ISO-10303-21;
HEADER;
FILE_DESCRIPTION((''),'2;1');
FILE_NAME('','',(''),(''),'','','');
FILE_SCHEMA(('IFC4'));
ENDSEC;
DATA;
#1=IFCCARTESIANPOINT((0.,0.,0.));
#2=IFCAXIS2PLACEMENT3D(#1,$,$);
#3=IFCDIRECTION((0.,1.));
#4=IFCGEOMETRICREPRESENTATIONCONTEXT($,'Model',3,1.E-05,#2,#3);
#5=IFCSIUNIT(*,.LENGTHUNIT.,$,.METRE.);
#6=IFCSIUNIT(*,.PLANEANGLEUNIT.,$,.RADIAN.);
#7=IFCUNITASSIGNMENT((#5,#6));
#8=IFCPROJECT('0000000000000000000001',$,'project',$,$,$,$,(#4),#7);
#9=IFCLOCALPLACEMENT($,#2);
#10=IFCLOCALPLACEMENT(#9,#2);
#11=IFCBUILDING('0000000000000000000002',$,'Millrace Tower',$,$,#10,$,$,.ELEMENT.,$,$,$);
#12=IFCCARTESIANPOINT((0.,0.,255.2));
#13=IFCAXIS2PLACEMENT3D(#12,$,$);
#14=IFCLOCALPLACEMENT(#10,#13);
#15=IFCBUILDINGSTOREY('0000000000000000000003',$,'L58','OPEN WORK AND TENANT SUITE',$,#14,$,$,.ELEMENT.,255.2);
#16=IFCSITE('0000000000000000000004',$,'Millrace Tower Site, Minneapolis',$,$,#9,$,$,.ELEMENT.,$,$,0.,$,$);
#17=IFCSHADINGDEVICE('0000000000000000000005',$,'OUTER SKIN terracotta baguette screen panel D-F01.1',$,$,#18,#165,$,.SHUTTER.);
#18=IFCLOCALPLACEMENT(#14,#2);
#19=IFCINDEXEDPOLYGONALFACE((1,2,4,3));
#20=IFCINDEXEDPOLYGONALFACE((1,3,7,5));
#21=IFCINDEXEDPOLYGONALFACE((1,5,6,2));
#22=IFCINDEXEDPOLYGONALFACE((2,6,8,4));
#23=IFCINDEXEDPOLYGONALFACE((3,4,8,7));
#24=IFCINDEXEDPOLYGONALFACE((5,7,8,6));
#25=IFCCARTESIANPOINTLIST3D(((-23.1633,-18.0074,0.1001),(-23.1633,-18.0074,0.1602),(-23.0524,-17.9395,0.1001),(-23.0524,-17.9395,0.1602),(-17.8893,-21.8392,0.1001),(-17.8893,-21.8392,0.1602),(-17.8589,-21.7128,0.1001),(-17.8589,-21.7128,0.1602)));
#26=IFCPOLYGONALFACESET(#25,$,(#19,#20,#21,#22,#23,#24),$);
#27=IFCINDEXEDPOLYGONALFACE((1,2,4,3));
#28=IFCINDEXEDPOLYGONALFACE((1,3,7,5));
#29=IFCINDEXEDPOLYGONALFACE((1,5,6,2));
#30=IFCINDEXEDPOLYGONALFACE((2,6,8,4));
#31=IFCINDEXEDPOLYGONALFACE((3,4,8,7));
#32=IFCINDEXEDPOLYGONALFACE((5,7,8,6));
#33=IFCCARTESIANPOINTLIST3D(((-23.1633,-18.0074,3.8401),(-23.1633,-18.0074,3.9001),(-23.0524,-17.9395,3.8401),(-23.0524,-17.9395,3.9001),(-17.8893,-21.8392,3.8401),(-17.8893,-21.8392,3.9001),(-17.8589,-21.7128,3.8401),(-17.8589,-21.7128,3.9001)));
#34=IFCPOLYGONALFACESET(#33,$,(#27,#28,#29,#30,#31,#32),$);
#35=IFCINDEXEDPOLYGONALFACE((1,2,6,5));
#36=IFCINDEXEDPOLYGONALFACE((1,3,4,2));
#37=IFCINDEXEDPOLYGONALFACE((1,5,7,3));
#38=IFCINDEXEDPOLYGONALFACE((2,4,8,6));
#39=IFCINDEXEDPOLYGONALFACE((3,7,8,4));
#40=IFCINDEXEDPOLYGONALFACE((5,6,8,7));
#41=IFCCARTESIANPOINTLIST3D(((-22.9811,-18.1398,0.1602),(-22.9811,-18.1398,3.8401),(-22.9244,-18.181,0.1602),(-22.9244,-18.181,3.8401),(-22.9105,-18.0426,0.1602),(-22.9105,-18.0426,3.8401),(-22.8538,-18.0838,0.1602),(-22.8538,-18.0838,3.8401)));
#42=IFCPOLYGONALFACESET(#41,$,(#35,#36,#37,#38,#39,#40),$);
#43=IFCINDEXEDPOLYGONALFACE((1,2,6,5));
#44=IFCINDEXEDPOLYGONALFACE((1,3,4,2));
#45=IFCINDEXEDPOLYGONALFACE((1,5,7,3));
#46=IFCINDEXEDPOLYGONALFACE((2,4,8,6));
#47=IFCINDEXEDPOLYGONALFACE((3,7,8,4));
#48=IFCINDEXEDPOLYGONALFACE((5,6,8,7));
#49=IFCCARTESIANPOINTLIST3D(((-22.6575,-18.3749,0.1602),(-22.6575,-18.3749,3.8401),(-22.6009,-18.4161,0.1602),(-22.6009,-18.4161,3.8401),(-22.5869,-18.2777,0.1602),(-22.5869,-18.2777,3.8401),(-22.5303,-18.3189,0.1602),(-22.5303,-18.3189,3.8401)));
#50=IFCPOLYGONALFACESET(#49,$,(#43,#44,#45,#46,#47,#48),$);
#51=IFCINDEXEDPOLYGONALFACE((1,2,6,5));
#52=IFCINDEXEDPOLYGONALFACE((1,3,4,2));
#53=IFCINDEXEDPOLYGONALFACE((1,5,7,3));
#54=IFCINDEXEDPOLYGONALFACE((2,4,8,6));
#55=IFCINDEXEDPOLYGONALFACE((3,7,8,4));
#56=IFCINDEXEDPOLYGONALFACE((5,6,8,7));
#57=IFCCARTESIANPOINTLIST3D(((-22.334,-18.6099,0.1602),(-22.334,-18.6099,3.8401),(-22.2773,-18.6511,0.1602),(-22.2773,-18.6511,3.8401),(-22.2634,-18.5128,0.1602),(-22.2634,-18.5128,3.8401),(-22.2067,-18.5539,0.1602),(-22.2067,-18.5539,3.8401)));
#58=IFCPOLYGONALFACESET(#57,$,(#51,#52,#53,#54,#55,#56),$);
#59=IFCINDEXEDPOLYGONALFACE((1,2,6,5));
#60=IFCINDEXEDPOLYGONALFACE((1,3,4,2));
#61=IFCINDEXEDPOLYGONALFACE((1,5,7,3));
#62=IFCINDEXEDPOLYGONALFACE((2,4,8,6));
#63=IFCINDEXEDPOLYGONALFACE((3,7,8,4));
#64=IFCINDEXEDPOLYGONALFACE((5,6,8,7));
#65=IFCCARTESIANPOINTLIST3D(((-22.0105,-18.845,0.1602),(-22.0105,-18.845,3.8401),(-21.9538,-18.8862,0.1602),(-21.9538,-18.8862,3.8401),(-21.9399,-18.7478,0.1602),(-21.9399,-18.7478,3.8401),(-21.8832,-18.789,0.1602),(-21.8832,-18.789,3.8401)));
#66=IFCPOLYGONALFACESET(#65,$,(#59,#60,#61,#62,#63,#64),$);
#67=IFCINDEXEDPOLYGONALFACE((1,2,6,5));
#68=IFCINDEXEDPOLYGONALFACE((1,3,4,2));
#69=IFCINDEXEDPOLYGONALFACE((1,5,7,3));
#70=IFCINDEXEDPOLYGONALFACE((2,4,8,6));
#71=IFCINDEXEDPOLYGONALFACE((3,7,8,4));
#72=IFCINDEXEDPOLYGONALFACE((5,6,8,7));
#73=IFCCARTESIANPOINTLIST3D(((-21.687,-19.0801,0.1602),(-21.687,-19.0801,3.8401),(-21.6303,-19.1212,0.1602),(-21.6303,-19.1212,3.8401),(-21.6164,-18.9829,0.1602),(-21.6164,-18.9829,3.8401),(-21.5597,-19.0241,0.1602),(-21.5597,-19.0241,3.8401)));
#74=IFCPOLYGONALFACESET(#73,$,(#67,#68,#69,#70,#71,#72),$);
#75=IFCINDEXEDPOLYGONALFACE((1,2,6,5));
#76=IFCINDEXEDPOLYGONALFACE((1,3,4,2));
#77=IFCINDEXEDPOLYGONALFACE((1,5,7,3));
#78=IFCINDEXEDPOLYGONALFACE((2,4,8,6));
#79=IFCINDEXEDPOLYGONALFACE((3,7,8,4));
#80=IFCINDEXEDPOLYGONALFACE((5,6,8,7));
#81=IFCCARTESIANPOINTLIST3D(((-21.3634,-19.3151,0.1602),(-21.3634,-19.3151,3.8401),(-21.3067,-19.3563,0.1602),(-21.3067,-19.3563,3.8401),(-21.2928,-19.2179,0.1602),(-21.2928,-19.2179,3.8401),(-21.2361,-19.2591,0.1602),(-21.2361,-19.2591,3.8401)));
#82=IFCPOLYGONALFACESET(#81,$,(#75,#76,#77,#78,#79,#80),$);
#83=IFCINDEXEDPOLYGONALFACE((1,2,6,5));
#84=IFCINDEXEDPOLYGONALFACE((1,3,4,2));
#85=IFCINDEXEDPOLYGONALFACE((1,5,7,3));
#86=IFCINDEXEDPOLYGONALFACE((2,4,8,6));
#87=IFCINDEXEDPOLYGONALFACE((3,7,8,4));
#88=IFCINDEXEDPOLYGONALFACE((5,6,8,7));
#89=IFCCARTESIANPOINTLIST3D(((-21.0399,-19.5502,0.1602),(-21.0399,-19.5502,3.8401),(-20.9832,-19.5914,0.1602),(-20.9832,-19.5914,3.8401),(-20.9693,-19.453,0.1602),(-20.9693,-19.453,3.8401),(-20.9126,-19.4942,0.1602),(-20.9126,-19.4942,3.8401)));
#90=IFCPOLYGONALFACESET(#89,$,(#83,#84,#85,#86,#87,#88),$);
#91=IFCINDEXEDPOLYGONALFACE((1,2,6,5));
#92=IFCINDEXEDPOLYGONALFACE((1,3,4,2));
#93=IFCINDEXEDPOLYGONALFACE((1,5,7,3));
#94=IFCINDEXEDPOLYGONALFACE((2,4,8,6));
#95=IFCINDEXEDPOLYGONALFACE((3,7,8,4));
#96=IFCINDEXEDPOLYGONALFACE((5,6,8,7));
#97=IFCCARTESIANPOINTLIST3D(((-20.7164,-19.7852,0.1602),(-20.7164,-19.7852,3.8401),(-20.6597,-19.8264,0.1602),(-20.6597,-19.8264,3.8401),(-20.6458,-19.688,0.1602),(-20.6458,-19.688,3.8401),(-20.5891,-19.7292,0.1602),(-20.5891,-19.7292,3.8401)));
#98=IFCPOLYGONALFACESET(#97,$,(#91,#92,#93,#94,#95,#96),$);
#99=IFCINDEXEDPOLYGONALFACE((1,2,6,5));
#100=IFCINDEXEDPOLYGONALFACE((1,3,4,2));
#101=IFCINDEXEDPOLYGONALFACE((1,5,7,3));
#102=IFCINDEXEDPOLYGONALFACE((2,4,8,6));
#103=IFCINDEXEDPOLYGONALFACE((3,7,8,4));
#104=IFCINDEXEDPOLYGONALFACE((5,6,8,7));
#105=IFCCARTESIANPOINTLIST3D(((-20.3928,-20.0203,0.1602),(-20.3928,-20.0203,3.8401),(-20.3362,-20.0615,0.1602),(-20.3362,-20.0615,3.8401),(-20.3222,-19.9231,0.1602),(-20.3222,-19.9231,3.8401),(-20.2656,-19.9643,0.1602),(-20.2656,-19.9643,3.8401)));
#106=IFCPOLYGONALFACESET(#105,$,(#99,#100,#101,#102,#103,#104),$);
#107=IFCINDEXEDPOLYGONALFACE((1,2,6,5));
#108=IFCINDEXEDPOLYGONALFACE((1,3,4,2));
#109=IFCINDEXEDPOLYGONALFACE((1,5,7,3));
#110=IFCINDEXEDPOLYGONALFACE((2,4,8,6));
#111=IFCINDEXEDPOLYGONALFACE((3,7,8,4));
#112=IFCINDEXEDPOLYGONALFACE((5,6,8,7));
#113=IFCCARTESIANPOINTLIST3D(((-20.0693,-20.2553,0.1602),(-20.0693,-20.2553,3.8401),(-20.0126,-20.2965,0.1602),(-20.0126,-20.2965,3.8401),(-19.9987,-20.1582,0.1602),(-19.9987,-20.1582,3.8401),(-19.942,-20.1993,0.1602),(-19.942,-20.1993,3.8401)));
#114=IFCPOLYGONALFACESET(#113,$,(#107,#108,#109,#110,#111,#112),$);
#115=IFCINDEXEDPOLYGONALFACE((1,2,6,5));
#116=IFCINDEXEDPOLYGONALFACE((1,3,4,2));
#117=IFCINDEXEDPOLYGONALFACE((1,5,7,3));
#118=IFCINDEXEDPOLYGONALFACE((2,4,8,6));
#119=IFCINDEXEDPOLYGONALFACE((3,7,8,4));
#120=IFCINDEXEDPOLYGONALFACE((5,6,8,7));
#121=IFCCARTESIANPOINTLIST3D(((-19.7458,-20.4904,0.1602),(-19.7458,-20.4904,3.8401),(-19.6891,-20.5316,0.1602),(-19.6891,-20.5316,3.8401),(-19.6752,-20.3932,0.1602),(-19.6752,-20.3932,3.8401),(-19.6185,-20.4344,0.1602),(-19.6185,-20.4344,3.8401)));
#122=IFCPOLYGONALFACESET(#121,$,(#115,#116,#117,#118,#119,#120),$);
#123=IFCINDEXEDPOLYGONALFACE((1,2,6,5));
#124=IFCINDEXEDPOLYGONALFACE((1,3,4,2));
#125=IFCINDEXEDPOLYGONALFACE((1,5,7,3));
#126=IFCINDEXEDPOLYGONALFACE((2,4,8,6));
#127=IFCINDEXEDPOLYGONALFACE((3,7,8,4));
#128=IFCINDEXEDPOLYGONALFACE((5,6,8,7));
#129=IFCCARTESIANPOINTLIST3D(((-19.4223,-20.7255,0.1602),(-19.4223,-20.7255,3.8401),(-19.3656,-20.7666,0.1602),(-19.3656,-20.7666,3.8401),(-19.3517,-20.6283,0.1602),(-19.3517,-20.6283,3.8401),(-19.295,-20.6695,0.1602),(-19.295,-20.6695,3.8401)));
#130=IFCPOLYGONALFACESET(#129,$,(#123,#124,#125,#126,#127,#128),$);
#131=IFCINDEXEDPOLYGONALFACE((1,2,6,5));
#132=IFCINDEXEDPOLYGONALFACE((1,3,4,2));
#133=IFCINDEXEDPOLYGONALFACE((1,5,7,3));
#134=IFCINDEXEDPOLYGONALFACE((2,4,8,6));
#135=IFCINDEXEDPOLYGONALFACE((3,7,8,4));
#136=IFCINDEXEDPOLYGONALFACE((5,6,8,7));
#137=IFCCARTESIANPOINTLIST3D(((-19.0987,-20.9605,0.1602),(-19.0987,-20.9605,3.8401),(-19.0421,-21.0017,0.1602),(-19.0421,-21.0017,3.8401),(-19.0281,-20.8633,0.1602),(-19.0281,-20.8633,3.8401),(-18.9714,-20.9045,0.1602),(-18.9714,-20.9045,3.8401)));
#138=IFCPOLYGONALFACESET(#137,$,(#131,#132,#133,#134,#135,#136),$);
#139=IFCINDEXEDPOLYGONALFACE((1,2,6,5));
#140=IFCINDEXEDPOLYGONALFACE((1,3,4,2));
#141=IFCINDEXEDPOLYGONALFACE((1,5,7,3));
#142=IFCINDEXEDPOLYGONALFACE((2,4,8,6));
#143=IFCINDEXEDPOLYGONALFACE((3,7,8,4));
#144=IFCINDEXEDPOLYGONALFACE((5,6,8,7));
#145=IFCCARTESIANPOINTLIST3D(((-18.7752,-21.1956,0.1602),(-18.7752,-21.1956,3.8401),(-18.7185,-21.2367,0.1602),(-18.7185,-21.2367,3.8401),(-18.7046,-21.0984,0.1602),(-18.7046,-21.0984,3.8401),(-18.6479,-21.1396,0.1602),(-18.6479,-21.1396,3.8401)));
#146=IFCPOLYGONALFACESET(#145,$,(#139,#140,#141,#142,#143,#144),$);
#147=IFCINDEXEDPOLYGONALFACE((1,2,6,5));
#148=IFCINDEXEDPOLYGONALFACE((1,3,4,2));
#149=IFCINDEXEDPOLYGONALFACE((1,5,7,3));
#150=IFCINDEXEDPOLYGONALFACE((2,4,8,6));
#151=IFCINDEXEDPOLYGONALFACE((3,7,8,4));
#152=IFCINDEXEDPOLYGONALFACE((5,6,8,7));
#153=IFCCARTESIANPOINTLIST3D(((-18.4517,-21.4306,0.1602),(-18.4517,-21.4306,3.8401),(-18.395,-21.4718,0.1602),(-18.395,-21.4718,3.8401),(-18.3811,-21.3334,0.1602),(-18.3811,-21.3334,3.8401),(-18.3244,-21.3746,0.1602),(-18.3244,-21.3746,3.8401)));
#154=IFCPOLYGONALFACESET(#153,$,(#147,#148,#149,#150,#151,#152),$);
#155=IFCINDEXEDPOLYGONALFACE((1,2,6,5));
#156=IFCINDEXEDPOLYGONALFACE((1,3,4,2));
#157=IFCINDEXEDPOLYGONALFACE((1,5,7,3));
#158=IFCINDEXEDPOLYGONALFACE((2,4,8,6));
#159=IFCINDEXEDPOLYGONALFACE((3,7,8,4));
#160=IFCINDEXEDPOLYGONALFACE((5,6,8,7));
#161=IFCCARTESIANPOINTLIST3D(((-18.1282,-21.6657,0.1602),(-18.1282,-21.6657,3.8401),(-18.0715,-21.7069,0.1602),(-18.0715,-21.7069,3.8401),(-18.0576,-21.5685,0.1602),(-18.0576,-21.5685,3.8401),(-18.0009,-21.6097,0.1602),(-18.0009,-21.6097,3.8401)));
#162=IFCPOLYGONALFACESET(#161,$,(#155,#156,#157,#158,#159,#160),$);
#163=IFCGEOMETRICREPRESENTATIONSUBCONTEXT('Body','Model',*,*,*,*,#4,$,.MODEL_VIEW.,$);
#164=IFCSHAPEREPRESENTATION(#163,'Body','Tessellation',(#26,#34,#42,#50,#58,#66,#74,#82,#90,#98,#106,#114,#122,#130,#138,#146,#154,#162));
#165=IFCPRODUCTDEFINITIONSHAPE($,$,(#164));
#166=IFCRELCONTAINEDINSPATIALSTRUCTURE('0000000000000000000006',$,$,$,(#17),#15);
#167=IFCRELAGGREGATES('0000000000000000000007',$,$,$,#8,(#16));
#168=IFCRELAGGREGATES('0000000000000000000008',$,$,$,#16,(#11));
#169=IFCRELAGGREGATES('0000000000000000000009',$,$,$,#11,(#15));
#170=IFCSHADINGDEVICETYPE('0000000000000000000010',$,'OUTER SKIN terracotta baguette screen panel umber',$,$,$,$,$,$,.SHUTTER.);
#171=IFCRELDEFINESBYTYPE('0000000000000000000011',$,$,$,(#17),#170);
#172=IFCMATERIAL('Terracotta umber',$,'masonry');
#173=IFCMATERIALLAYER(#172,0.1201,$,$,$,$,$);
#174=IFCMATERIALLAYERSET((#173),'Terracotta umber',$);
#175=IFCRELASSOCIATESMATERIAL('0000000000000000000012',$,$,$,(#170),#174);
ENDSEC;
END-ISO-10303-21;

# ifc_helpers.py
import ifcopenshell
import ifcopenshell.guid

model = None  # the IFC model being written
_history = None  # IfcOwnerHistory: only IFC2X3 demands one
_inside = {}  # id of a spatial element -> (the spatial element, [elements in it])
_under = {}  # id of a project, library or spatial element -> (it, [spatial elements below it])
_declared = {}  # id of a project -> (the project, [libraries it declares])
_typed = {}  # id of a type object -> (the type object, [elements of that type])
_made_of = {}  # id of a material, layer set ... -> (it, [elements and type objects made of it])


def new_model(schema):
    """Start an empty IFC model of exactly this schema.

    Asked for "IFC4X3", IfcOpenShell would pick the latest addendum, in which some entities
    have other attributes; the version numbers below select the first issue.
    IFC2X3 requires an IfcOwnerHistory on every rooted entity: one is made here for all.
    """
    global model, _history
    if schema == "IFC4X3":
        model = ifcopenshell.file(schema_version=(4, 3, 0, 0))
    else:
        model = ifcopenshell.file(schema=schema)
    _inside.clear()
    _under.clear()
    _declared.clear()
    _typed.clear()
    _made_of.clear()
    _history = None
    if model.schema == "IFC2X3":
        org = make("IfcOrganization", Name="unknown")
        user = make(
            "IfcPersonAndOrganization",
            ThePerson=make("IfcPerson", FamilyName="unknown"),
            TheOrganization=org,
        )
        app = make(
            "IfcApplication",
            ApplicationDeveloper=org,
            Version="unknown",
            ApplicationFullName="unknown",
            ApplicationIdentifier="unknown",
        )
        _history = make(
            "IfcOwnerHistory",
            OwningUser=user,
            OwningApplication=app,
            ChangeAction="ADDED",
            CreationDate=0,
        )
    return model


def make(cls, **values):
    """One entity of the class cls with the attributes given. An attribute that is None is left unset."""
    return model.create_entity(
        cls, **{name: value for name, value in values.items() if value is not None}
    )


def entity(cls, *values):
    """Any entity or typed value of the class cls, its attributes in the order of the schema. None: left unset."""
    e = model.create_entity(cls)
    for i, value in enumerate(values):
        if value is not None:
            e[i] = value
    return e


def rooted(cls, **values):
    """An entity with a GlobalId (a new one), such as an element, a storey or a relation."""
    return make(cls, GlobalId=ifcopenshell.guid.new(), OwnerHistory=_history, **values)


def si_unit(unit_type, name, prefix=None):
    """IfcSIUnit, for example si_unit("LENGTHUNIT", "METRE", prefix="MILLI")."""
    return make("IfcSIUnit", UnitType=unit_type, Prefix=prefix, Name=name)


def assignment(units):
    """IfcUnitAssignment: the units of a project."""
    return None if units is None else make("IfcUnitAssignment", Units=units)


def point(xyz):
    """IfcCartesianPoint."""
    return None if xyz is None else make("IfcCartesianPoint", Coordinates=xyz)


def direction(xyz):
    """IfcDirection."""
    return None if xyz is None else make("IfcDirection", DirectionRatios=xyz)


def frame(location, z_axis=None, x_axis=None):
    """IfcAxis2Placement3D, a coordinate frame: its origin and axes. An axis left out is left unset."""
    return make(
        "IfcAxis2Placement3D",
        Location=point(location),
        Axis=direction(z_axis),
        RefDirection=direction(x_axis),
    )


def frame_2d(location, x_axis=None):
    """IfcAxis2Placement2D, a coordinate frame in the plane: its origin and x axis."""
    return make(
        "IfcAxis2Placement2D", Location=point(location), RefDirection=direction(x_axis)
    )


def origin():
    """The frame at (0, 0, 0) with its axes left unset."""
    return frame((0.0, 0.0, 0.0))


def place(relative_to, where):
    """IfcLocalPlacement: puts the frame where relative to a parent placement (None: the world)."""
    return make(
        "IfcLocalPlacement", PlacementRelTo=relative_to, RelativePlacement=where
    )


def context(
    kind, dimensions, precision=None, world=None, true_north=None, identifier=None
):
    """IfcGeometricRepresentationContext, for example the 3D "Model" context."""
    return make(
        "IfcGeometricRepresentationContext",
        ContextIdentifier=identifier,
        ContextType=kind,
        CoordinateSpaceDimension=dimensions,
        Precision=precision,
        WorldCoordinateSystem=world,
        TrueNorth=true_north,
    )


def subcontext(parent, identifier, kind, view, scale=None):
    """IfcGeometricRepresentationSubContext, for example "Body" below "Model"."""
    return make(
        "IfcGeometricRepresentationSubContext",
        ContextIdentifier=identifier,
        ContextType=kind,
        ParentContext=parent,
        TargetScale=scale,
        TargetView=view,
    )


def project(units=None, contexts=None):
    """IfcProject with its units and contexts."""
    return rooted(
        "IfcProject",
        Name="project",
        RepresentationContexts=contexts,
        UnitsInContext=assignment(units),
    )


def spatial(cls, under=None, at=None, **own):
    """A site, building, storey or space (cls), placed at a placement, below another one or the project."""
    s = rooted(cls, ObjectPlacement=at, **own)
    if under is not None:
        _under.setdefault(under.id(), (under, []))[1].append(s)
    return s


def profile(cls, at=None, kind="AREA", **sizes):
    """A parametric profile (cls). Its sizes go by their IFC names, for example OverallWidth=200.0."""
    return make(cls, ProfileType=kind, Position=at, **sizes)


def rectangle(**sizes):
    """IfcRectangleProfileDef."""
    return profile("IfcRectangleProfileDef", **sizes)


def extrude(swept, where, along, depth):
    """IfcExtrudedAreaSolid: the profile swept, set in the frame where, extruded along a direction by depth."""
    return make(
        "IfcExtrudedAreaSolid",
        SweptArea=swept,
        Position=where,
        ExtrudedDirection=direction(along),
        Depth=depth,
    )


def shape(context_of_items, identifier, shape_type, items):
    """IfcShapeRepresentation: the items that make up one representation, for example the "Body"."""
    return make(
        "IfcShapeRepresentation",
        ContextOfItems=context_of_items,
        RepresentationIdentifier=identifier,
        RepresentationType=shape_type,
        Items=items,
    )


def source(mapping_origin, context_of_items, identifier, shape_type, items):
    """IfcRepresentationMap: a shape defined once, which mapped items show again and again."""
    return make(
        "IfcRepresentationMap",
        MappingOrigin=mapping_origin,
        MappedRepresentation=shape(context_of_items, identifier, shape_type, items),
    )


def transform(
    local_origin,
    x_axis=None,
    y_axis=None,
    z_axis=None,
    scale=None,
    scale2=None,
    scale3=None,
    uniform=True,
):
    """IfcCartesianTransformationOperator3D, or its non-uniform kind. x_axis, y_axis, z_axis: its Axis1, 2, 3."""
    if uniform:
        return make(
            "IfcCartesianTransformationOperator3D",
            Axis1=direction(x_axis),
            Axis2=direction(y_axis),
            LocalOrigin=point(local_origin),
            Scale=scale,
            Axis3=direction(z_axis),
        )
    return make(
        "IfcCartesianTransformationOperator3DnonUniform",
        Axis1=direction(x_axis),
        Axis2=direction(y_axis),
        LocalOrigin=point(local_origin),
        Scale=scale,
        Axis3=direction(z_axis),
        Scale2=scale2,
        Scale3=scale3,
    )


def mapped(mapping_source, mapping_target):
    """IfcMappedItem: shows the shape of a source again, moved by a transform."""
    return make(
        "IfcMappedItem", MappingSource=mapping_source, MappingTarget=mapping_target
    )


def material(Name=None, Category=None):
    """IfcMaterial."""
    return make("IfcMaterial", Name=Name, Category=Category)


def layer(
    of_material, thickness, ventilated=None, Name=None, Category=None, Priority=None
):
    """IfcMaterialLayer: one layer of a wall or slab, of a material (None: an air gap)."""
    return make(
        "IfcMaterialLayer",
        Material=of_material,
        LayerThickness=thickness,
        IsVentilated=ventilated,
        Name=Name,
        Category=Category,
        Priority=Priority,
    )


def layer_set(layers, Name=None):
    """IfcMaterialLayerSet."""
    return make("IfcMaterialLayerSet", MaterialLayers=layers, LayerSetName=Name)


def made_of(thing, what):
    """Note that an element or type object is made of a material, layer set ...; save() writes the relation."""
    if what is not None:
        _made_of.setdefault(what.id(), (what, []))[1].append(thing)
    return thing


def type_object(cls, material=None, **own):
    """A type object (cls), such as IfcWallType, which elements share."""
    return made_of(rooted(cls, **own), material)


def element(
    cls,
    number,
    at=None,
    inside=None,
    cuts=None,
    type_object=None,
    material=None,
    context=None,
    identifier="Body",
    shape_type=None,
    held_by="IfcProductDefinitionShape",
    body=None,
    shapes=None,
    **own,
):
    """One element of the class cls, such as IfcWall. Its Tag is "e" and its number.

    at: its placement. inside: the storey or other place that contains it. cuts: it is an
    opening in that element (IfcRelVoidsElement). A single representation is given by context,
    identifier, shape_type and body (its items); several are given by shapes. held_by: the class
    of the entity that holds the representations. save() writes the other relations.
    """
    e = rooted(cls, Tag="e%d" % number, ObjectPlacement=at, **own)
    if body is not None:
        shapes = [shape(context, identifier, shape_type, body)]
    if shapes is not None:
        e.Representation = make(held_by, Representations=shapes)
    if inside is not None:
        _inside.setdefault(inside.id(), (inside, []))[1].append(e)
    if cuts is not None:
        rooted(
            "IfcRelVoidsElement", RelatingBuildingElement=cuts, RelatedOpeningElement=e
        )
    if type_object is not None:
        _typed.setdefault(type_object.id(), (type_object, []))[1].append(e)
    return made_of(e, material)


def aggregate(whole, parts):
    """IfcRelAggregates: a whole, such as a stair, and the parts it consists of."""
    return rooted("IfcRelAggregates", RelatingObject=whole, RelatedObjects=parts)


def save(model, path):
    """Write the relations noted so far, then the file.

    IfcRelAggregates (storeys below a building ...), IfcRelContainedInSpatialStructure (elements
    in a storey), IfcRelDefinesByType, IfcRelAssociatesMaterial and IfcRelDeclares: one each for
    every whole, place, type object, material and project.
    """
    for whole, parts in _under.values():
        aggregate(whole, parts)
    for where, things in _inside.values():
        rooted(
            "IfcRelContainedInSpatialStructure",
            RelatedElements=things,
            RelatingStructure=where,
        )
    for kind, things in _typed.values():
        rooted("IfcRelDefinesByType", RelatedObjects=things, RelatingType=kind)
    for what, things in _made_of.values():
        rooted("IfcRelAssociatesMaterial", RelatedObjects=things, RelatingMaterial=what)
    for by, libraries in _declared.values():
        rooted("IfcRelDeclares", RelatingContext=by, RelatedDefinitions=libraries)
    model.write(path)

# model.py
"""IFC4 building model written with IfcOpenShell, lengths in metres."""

from ifc_helpers import new_model, entity, si_unit, direction, frame, frame_2d, origin, place, context, subcontext, project, spatial, rectangle, extrude, source, transform, mapped, material, layer, layer_set, type_object, element, save


model = new_model("IFC4")

# Units and contexts
model_context = context("Model", 3, precision=1e-05, world=origin(), true_north=direction((0.0, 1.0)))
body_context = subcontext(model_context, "Body", "Model", "MODEL_VIEW")
ifc_project = project(units=[si_unit("LENGTHUNIT", "METRE"), si_unit("PLANEANGLEUNIT", "RADIAN")], contexts=[model_context])

# Site, building, storey
site_placement = place(None, origin())
site = spatial("IfcSite", under=ifc_project, at=site_placement, Name="Millrace Tower Site, Minneapolis", CompositionType="ELEMENT", RefElevation=0.0)
building_placement = place(site_placement, origin())
building = spatial("IfcBuilding", under=site, at=building_placement, Name="Millrace Tower", CompositionType="ELEMENT")
storey_placement = place(building_placement, frame((0.0, 0.0, 255.2)))
storey = spatial("IfcBuildingStorey", under=building, at=storey_placement, Name="L58", Description="OPEN WORK AND TENANT SUITE", CompositionType="ELEMENT", Elevation=255.2)

# Shading device
ifc_material_1 = material(Name="Terracotta umber", Category="masonry")
ifc_layer_1 = layer(ifc_material_1, 0.1201)
ifc_layer_set_1 = layer_set([ifc_layer_1], Name="Terracotta umber")
shading_device_type = type_object("IfcShadingDeviceType", Name="OUTER SKIN terracotta baguette screen panel umber", PredefinedType="SHUTTER", material=ifc_layer_set_1)
cartesian_point_1 = entity("IfcCartesianPoint", [-3.2097, 0.0601])
shared_polyline_1 = entity("IfcPolyline", [cartesian_point_1, entity("IfcCartesianPoint", [3.2097, 0.0601]), entity("IfcCartesianPoint", [3.2595, -0.0601]), entity("IfcCartesianPoint", [-3.2595, -0.0601]), cartesian_point_1])
shared_shape_1 = source(origin(), body_context, "Body", "SweptSolid", [
    entity("IfcExtrudedAreaSolid", entity("IfcArbitraryClosedProfileDef", "AREA", None, shared_polyline_1), entity("IfcAxis2Placement3D", entity("IfcCartesianPoint", [0.0, 0.0, 0.0])), entity("IfcDirection", [0.0, 0.0, 1.0]), 0.0601),
    entity("IfcExtrudedAreaSolid", entity("IfcArbitraryClosedProfileDef", "AREA", None, shared_polyline_1), entity("IfcAxis2Placement3D", entity("IfcCartesianPoint", [0.0, 0.0, 3.74])), entity("IfcDirection", [0.0, 0.0, 1.0]), 0.0601),
    extrude(rectangle(XDim=0.0701, YDim=0.1201, at=frame_2d((-2.9993, 0.0))), frame((0.0, 0.0, 0.0601)), (0.0, 0.0, 1.0), 3.6799),
    extrude(rectangle(XDim=0.0701, YDim=0.1201, at=frame_2d((-2.5994, 0.0))), frame((0.0, 0.0, 0.0601)), (0.0, 0.0, 1.0), 3.6799),
    extrude(rectangle(XDim=0.0701, YDim=0.1201, at=frame_2d((-2.1995, 0.0))), frame((0.0, 0.0, 0.0601)), (0.0, 0.0, 1.0), 3.6799),
    extrude(rectangle(XDim=0.0701, YDim=0.1201, at=frame_2d((-1.7996, 0.0))), frame((0.0, 0.0, 0.0601)), (0.0, 0.0, 1.0), 3.6799),
    extrude(rectangle(XDim=0.0701, YDim=0.1201, at=frame_2d((-1.3997, 0.0))), frame((0.0, 0.0, 0.0601)), (0.0, 0.0, 1.0), 3.6799),
    extrude(rectangle(XDim=0.0701, YDim=0.1201, at=frame_2d((-0.9998, 0.0))), frame((0.0, 0.0, 0.0601)), (0.0, 0.0, 1.0), 3.6799),
    extrude(rectangle(XDim=0.0701, YDim=0.1201, at=frame_2d((-0.5999, 0.0))), frame((0.0, 0.0, 0.0601)), (0.0, 0.0, 1.0), 3.6799),
    extrude(rectangle(XDim=0.0701, YDim=0.1201, at=frame_2d((-0.2, 0.0))), frame((0.0, 0.0, 0.0601)), (0.0, 0.0, 1.0), 3.6799),
    extrude(rectangle(XDim=0.0701, YDim=0.1201, at=frame_2d((0.2, 0.0))), frame((0.0, 0.0, 0.0601)), (0.0, 0.0, 1.0), 3.6799),
    extrude(rectangle(XDim=0.0701, YDim=0.1201, at=frame_2d((0.5999, 0.0))), frame((0.0, 0.0, 0.0601)), (0.0, 0.0, 1.0), 3.6799),
    extrude(rectangle(XDim=0.0701, YDim=0.1201, at=frame_2d((0.9998, 0.0))), frame((0.0, 0.0, 0.0601)), (0.0, 0.0, 1.0), 3.6799),
    extrude(rectangle(XDim=0.0701, YDim=0.1201, at=frame_2d((1.3997, 0.0))), frame((0.0, 0.0, 0.0601)), (0.0, 0.0, 1.0), 3.6799),
    extrude(rectangle(XDim=0.0701, YDim=0.1201, at=frame_2d((1.7996, 0.0))), frame((0.0, 0.0, 0.0601)), (0.0, 0.0, 1.0), 3.6799),
    extrude(rectangle(XDim=0.0701, YDim=0.1201, at=frame_2d((2.1995, 0.0))), frame((0.0, 0.0, 0.0601)), (0.0, 0.0, 1.0), 3.6799),
    extrude(rectangle(XDim=0.0701, YDim=0.1201, at=frame_2d((2.5994, 0.0))), frame((0.0, 0.0, 0.0601)), (0.0, 0.0, 1.0), 3.6799),
    extrude(rectangle(XDim=0.0701, YDim=0.1201, at=frame_2d((2.9993, 0.0))), frame((0.0, 0.0, 0.0601)), (0.0, 0.0, 1.0), 3.6799),
])
shading_device_1_placement = place(storey_placement, frame((-20.491, -19.8748, 0.1001), z_axis=(0.0, 0.0, 1.0), x_axis=(0.809017, -0.587785, 0.0)))
element("IfcShadingDevice", 1, at=shading_device_1_placement, inside=storey, type_object=shading_device_type, Name="OUTER SKIN terracotta baguette screen panel D-F01.1", PredefinedType="SHUTTER", context=body_context, shape_type="MappedRepresentation", body=[
    mapped(shared_shape_1, transform((0.0, 0.0, 0.0), scale=1.0)),
])

save(model, "model.ifc")
